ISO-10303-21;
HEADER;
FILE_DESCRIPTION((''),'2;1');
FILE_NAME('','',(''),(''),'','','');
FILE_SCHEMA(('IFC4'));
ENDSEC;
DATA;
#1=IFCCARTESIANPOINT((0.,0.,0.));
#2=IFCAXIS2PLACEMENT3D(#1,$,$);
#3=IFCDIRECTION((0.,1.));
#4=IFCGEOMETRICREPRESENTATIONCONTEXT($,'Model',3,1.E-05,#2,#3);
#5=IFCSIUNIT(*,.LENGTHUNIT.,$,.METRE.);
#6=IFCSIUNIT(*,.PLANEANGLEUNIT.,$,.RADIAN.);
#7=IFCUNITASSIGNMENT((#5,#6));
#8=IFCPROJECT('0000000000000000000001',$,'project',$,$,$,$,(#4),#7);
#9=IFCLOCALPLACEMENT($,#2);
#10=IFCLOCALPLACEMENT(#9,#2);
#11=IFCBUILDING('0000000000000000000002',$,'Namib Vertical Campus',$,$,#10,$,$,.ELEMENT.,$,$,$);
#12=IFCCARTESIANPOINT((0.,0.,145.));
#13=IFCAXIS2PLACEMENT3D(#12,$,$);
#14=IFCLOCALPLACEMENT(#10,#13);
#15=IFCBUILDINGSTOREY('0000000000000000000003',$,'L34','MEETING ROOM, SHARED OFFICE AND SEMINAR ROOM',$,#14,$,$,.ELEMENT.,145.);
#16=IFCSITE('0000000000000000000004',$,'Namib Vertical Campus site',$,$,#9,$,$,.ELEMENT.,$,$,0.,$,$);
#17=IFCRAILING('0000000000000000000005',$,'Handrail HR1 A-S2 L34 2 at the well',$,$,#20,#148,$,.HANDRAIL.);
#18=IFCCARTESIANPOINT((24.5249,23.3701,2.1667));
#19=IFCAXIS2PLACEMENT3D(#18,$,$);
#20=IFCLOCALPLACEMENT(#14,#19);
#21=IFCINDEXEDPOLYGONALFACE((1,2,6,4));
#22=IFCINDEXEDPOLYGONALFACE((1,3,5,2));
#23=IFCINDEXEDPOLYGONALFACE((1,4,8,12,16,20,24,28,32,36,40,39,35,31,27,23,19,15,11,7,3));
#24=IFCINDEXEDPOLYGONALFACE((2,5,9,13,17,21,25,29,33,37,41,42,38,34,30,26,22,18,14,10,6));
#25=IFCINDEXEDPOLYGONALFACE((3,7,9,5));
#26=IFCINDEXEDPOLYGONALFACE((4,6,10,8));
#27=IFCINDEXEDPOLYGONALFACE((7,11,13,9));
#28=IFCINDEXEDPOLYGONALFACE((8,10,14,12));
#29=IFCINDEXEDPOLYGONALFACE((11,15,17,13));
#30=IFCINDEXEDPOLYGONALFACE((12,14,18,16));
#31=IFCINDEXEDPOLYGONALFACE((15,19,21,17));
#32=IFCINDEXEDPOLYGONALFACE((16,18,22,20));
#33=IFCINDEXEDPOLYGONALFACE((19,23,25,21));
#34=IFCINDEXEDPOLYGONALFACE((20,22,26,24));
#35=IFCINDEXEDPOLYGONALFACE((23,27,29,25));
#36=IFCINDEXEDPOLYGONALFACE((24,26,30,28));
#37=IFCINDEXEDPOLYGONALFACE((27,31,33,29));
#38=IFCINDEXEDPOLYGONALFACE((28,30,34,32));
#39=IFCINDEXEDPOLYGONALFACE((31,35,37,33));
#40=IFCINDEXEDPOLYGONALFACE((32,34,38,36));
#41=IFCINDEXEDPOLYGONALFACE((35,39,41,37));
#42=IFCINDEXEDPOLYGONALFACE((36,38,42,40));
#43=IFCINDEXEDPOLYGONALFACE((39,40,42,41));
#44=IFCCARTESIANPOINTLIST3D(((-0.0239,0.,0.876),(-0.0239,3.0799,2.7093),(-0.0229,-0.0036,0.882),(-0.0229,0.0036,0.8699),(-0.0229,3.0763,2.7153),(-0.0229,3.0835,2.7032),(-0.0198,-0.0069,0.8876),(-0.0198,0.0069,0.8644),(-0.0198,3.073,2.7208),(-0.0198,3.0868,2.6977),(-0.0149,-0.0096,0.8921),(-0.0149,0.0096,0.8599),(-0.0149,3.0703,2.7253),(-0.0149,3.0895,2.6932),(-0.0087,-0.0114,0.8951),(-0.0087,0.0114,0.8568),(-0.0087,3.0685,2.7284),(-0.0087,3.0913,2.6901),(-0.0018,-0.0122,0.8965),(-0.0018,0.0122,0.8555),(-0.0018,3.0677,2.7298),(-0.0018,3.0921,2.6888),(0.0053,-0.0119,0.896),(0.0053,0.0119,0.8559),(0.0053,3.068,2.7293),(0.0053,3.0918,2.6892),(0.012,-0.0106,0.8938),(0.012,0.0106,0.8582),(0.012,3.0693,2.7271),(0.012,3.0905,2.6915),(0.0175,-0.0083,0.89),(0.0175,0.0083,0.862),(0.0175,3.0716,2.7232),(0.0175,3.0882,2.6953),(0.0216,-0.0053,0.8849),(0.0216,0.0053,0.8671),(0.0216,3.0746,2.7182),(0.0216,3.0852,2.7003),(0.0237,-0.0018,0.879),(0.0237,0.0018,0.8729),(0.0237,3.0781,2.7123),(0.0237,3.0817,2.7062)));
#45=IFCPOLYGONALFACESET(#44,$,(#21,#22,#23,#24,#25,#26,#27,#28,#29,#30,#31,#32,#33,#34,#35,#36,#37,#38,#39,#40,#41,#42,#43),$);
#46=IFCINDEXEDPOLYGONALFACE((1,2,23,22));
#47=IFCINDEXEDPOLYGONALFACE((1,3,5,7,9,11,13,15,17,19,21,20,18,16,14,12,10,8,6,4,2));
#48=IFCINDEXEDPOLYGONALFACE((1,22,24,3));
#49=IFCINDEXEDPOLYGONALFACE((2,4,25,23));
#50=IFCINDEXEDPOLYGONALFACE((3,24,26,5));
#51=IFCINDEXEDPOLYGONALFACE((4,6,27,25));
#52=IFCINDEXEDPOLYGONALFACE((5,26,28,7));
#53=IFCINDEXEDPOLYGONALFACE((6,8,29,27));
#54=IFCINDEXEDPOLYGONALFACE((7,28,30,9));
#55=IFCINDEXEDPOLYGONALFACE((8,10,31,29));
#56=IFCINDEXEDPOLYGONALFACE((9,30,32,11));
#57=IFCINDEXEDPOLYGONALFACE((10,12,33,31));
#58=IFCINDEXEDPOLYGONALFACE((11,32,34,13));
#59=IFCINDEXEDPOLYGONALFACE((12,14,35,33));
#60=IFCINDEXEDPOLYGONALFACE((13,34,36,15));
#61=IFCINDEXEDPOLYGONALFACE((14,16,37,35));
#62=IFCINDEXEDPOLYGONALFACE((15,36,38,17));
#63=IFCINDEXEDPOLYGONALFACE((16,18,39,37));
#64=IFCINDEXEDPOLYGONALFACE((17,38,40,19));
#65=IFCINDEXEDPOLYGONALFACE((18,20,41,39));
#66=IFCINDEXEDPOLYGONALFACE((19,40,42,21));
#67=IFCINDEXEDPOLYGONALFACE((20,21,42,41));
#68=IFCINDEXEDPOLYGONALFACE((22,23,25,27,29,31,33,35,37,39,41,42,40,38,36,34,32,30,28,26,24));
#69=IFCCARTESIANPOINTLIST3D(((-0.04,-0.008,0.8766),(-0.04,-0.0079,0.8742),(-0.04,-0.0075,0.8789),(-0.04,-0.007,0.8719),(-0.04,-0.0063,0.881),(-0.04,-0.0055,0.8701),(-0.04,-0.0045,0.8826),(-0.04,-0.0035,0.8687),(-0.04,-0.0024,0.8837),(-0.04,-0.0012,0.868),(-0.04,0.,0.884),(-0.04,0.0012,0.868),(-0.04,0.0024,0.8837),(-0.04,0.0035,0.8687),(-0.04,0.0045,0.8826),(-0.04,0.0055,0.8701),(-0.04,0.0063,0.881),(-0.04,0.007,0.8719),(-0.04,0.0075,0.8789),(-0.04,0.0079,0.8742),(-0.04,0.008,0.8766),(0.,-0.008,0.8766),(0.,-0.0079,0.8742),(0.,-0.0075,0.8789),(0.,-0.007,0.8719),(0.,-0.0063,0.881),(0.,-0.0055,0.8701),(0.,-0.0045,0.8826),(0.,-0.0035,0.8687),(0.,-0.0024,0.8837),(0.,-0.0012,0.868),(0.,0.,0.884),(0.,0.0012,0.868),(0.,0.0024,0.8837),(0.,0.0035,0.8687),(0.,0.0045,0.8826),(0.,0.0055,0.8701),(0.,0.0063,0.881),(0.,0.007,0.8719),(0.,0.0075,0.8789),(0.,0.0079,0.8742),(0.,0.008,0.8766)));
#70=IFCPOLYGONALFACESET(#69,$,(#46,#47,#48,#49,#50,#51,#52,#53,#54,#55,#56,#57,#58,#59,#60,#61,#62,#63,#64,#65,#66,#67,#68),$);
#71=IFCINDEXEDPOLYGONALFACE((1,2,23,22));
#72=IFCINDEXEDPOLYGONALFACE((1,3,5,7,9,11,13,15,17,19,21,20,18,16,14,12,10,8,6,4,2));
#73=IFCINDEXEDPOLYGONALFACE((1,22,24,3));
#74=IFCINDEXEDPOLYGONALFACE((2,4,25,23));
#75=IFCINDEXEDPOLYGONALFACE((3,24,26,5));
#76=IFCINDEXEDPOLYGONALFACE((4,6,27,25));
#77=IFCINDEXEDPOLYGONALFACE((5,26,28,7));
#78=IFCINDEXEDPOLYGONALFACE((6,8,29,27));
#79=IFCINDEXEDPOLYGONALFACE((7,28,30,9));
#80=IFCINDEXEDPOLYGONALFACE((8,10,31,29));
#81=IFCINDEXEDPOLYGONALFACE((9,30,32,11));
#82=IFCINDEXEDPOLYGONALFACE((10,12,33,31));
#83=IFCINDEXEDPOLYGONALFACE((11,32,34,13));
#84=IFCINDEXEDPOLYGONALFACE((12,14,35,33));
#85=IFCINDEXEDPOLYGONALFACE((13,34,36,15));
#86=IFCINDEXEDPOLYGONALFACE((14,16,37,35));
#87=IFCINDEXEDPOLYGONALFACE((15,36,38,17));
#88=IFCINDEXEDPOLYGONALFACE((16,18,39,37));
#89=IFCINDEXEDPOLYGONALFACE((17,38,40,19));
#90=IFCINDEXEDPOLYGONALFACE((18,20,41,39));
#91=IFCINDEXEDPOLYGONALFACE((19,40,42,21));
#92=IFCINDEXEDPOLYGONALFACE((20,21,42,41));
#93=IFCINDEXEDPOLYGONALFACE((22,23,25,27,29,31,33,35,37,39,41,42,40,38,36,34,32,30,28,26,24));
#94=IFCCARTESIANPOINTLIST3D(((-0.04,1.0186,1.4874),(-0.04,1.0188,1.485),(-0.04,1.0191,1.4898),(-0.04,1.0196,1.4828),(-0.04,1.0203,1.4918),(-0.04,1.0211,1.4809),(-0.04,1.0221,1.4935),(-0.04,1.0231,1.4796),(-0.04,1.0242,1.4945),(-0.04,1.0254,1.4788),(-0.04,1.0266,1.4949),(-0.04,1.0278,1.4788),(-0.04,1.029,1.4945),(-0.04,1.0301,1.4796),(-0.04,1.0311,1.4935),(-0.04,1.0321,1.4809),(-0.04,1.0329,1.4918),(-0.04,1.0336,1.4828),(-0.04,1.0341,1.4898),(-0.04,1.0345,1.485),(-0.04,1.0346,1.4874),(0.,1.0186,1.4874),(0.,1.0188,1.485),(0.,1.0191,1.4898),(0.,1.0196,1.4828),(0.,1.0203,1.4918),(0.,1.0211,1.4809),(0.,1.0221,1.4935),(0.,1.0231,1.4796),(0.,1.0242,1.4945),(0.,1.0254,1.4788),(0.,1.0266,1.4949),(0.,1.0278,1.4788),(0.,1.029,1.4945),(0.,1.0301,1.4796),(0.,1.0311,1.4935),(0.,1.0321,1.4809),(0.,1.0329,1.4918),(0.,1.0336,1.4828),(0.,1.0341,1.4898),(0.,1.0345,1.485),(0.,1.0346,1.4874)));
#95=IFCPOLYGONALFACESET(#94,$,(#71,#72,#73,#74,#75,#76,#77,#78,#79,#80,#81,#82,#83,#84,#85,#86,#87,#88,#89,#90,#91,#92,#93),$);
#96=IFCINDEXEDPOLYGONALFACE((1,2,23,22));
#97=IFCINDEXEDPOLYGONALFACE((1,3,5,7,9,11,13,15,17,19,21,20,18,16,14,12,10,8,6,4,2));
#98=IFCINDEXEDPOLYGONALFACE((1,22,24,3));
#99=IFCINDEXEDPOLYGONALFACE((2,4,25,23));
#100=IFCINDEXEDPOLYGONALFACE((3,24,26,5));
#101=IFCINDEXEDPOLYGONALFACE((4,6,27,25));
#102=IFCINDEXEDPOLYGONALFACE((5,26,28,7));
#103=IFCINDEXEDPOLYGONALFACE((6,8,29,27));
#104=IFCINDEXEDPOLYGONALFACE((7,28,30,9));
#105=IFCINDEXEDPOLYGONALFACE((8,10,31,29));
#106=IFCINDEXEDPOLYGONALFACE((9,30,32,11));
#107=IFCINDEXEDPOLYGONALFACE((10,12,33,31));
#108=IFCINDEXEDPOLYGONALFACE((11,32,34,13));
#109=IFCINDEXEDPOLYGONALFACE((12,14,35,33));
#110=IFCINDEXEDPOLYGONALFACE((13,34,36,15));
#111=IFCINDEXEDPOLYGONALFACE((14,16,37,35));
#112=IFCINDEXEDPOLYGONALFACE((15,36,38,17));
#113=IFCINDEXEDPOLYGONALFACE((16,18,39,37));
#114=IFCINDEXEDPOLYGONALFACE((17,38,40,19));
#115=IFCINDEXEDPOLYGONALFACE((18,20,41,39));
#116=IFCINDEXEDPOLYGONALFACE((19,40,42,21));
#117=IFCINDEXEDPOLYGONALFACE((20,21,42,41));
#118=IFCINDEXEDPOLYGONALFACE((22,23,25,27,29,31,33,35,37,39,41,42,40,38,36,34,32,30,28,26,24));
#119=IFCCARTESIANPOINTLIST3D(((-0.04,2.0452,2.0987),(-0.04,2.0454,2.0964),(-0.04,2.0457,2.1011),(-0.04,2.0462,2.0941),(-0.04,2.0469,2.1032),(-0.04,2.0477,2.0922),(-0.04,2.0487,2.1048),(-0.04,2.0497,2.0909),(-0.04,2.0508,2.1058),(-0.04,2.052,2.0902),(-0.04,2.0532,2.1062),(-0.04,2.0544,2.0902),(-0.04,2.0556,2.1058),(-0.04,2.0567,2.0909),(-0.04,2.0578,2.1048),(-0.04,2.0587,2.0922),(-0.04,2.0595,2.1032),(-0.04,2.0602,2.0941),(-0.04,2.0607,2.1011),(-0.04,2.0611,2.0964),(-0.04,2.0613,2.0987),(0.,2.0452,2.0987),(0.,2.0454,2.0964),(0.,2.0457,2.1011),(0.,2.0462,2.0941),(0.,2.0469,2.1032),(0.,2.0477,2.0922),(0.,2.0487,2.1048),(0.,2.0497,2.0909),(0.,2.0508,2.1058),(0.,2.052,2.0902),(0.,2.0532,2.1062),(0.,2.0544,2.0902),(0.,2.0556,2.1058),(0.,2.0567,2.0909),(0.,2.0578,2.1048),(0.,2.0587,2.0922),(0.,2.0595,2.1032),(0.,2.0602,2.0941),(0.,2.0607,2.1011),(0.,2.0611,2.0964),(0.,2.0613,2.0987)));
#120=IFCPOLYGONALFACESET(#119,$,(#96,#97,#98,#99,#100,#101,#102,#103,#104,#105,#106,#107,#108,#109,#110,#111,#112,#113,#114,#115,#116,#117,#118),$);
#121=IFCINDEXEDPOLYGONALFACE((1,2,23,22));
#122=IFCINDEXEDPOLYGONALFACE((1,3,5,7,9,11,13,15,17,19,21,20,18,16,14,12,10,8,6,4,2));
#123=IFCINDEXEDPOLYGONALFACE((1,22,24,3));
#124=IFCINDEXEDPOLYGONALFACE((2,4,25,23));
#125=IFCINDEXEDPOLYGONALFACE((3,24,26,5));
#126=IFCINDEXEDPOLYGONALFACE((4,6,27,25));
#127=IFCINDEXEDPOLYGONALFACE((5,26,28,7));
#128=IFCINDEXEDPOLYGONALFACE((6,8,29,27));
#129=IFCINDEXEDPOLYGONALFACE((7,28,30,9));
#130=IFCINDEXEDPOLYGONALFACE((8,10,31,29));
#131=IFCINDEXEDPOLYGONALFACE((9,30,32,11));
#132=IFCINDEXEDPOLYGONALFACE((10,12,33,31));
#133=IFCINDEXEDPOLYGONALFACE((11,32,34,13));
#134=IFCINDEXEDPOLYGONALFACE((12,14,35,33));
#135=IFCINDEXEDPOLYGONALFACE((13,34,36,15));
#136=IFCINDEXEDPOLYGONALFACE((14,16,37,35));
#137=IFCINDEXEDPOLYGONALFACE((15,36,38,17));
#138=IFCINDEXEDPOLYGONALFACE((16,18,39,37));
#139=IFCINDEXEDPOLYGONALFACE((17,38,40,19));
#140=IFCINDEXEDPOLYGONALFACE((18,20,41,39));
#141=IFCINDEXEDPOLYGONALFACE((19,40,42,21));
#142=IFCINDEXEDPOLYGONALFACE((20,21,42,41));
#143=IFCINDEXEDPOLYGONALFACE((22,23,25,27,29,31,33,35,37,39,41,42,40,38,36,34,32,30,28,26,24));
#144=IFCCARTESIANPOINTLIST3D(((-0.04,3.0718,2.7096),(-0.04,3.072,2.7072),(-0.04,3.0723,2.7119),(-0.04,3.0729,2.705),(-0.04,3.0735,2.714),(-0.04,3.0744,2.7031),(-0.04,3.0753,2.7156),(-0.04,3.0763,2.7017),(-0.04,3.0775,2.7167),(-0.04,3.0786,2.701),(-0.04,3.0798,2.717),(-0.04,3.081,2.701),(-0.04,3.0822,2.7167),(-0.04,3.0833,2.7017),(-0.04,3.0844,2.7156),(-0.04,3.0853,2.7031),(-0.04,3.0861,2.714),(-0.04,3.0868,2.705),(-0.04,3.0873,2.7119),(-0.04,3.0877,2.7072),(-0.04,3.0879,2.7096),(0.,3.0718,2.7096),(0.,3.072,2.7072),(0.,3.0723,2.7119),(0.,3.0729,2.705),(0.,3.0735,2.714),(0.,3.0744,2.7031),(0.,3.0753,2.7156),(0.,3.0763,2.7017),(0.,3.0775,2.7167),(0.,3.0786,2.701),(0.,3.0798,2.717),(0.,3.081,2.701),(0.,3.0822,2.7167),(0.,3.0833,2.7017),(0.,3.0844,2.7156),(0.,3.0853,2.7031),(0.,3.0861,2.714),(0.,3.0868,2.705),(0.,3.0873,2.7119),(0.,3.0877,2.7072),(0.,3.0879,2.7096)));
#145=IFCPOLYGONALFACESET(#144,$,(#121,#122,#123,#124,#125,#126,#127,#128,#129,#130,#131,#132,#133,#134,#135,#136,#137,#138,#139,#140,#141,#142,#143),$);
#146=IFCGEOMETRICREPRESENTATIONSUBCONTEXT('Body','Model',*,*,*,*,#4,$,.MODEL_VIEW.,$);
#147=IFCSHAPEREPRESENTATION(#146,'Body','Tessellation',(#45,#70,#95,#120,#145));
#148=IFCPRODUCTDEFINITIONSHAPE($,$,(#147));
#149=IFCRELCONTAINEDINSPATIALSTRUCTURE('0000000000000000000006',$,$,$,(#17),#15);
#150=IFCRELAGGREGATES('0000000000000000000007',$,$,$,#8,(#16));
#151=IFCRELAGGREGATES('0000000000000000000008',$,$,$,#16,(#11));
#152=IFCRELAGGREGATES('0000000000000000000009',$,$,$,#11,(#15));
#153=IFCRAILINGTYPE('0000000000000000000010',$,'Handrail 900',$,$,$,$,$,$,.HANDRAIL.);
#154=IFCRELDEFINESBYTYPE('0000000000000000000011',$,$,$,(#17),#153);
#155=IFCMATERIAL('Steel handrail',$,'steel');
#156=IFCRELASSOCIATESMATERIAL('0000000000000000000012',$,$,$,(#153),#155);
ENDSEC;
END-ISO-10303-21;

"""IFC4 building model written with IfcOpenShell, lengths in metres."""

from ifc_helpers import new_model, si_unit, direction, frame, origin, origin_2d, place, context, subcontext, project, spatial, circle, extrude, material, type_object, element, save


model = new_model("IFC4")

# Units and contexts
model_context = context("Model", 3, precision=1e-05, world=origin(), true_north=direction((0.0, 1.0)))
body_context = subcontext(model_context, "Body", "Model", "MODEL_VIEW")
ifc_project = project(units=[si_unit("LENGTHUNIT", "METRE"), si_unit("PLANEANGLEUNIT", "RADIAN")], contexts=[model_context])

# Site, building, storey
site_placement = place(None, origin())
site = spatial("IfcSite", under=ifc_project, at=site_placement, Name="Namib Vertical Campus site", CompositionType="ELEMENT", RefElevation=0.0)
building_placement = place(site_placement, origin())
building = spatial("IfcBuilding", under=site, at=building_placement, Name="Namib Vertical Campus", CompositionType="ELEMENT")
storey_placement = place(building_placement, frame((0.0, 0.0, 145.0)))
storey = spatial("IfcBuildingStorey", under=building, at=storey_placement, Name="L34", Description="MEETING ROOM, SHARED OFFICE AND SEMINAR ROOM", CompositionType="ELEMENT", Elevation=145.0)

# Railing
ifc_material_1 = material(Name="Steel handrail", Category="steel")
railing_type_1 = type_object("IfcRailingType", Name="Handrail 900", PredefinedType="HANDRAIL", material=ifc_material_1)
railing_1_placement = place(storey_placement, frame((24.5249, 23.3701, 2.1667)))
element("IfcRailing", 1, at=railing_1_placement, inside=storey, type_object=railing_type_1, Name="Handrail HR1 A-S2 L34 2 at the well", PredefinedType="HANDRAIL", context=body_context, shape_type="SweptSolid", body=[
    extrude(circle(Radius=0.0239, at=origin_2d()), frame((0.0, 0.0, 0.876), z_axis=(0.0, 0.859291, 0.511487), x_axis=(-1.0, 0.0, 0.0)), (0.0, 0.0, 1.0), 3.5842),
    extrude(circle(Radius=0.0081, at=origin_2d()), frame((0.0, 0.0, 0.876), z_axis=(-1.0, 0.0, 0.0), x_axis=(0.0, 0.0, 1.0)), (0.0, 0.0, 1.0), 0.04),
    extrude(circle(Radius=0.0081, at=origin_2d()), frame((0.0, 1.0266, 1.4868), z_axis=(-1.0, 0.0, 0.0), x_axis=(0.0, 0.0, 1.0)), (0.0, 0.0, 1.0), 0.04),
    extrude(circle(Radius=0.0081, at=origin_2d()), frame((0.0, 2.0532, 2.0981), z_axis=(-1.0, 0.0, 0.0), x_axis=(0.0, 0.0, 1.0)), (0.0, 0.0, 1.0), 0.04),
    extrude(circle(Radius=0.0081, at=origin_2d()), frame((0.0, 3.0798, 2.709), z_axis=(-1.0, 0.0, 0.0), x_axis=(0.0, 0.0, 1.0)), (0.0, 0.0, 1.0), 0.04),
])

save(model, "model.ifc")
